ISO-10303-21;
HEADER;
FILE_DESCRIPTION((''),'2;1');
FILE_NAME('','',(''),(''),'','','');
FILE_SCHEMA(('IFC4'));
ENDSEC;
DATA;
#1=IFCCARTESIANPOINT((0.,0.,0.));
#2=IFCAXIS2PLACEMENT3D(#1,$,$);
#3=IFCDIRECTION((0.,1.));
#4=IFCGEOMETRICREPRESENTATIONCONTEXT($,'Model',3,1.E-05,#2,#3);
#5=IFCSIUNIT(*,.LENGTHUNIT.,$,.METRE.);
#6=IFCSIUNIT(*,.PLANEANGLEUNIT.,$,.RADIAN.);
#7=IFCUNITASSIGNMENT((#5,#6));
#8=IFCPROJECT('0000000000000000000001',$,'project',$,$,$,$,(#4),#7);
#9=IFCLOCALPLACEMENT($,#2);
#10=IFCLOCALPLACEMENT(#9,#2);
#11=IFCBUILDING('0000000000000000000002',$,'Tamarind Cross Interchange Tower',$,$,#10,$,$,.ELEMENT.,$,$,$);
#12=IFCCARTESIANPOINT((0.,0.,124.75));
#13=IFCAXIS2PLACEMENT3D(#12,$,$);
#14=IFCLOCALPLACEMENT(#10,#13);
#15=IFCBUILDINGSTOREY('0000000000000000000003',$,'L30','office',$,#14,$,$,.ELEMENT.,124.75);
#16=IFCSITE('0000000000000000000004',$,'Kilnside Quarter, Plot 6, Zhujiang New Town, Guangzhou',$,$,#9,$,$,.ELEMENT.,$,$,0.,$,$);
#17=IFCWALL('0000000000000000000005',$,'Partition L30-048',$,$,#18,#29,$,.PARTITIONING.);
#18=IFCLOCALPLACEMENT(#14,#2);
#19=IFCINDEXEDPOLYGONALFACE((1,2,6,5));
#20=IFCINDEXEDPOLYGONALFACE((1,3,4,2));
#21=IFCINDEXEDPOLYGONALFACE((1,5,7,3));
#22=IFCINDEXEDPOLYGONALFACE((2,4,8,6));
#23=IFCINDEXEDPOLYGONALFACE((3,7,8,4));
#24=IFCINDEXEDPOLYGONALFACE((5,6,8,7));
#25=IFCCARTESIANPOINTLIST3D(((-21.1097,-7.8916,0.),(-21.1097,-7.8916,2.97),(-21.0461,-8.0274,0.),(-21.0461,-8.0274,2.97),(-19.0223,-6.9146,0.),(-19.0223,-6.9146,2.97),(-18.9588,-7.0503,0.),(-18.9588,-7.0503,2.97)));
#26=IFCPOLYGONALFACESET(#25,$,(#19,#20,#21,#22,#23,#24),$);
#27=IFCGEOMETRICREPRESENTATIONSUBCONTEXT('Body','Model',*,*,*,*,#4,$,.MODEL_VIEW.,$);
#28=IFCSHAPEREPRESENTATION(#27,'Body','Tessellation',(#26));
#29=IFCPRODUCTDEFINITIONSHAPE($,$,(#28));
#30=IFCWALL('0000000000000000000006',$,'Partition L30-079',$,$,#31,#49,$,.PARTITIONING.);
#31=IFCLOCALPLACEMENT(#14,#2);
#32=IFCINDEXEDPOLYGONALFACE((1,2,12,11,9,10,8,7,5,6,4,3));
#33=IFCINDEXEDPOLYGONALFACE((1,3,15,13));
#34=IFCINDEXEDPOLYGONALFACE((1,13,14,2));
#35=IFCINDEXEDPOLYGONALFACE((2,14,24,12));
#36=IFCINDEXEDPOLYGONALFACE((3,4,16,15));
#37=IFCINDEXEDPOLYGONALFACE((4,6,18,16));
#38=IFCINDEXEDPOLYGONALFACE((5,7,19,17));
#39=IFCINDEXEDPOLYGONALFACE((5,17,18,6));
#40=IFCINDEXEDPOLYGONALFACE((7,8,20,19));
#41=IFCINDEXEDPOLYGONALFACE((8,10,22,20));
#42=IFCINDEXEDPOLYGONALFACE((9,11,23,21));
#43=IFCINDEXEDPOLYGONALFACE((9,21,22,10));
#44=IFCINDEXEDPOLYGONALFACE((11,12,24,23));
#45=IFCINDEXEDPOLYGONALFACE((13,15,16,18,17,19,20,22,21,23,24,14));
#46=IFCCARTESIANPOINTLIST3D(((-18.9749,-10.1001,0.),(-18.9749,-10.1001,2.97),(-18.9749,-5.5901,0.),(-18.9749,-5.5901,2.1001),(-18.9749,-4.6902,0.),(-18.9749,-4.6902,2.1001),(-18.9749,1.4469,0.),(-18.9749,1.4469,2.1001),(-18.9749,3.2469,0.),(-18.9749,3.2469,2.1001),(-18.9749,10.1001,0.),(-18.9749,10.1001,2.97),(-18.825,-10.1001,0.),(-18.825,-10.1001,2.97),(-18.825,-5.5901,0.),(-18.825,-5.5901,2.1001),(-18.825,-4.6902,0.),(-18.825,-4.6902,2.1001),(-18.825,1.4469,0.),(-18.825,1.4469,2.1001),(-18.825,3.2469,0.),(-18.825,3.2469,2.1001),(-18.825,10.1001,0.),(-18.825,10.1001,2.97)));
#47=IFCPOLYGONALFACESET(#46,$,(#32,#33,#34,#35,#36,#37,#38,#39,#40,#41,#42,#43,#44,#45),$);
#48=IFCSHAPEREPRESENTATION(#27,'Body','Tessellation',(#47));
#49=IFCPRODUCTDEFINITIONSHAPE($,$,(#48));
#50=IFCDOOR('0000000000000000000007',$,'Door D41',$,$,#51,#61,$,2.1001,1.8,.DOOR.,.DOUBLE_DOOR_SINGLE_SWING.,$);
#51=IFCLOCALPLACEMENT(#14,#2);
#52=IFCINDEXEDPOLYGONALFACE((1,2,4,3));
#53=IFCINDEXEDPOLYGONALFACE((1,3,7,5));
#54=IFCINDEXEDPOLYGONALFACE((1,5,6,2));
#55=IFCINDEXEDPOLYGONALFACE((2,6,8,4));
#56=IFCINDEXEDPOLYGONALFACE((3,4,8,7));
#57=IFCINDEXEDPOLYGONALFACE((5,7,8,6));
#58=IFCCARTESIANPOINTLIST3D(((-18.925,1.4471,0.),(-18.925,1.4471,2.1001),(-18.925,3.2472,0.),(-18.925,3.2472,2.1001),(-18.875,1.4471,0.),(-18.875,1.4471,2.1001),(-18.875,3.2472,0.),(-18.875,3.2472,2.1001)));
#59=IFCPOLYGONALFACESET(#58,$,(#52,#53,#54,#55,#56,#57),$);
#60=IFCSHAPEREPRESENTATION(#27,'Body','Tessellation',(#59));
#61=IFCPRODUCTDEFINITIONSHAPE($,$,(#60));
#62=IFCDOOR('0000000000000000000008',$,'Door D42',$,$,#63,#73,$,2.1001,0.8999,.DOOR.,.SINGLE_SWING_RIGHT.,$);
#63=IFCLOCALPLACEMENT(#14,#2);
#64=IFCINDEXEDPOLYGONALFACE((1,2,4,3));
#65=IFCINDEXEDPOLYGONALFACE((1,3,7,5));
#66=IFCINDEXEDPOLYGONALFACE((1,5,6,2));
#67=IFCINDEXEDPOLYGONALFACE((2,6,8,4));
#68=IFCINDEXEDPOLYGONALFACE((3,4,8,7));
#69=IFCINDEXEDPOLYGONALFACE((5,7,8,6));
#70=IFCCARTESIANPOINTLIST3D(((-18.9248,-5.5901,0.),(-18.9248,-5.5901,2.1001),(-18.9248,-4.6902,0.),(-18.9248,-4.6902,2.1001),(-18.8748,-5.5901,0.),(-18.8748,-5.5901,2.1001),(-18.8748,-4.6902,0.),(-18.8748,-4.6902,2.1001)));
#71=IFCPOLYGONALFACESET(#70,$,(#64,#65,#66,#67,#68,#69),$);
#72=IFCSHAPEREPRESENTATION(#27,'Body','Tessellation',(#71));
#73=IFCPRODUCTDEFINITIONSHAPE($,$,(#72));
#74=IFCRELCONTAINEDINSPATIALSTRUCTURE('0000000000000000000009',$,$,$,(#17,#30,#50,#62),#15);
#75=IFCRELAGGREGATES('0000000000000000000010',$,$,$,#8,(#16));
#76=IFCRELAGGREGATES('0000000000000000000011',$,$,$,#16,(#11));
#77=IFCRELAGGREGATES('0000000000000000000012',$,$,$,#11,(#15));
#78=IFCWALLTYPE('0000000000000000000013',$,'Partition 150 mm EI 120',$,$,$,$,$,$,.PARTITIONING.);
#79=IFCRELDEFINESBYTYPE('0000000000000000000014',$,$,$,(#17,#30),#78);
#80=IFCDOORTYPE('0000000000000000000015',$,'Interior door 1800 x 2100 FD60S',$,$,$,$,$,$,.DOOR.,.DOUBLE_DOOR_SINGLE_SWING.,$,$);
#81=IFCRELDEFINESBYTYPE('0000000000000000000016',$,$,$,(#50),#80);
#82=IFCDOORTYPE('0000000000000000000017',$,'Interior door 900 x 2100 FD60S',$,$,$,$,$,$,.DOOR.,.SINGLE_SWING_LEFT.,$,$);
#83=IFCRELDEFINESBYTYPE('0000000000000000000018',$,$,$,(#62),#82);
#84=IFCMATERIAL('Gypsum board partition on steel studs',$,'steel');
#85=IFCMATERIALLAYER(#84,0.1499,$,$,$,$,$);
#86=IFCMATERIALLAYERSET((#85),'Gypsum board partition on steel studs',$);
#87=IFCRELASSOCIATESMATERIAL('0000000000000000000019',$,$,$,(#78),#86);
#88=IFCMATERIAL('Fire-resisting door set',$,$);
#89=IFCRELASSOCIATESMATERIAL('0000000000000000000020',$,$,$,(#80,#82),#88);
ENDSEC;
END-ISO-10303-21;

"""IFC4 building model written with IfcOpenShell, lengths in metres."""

from ifc_helpers import new_model, si_unit, direction, frame, frame_2d, origin, place, context, subcontext, project, spatial, rectangle, extrude, material, layer, layer_set, type_object, element, fill, save


model = new_model("IFC4")

# Units and contexts
model_context = context("Model", 3, precision=1e-05, world=origin(), true_north=direction((0.0, 1.0)))
body_context = subcontext(model_context, "Body", "Model", "MODEL_VIEW")
ifc_project = project(units=[si_unit("LENGTHUNIT", "METRE"), si_unit("PLANEANGLEUNIT", "RADIAN")], contexts=[model_context])

# Site, building, storey
site_placement = place(None, origin())
site = spatial("IfcSite", under=ifc_project, at=site_placement, Name="Kilnside Quarter, Plot 6, Zhujiang New Town, Guangzhou", CompositionType="ELEMENT", RefElevation=0.0)
building_placement = place(site_placement, origin())
building = spatial("IfcBuilding", under=site, at=building_placement, Name="Tamarind Cross Interchange Tower", CompositionType="ELEMENT")
storey_placement = place(building_placement, frame((0.0, 0.0, 124.75)))
storey = spatial("IfcBuildingStorey", under=building, at=storey_placement, Name="L30", Description="office", CompositionType="ELEMENT", Elevation=124.75)

# Shared definitions
ifc_material_1 = material(Name="Gypsum board partition on steel studs", Category="steel")
ifc_layer_1 = layer(ifc_material_1, 0.1499)
ifc_layer_set_1 = layer_set([ifc_layer_1], Name="Gypsum board partition on steel studs")
wall_type_1 = type_object("IfcWallType", Name="Partition 150 mm EI 120", PredefinedType="PARTITIONING", material=ifc_layer_set_1)

# Shared definitions
ifc_material_2 = material(Name="Fire-resisting door set")
door_type_1 = type_object("IfcDoorType", Name="Interior door 1800 x 2100 FD60S", OperationType="DOUBLE_DOOR_SINGLE_SWING", PredefinedType="DOOR", material=ifc_material_2)

# Wall
wall_1_placement = place(storey_placement, frame((-21.0779, -7.9595, 0.0), z_axis=(0.0, 0.0, 1.0), x_axis=(0.905695, 0.423929, 0.0)))
element("IfcWall", 1, at=wall_1_placement, inside=storey, type_object=wall_type_1, Name="Partition L30-048", PredefinedType="PARTITIONING", context=body_context, shape_type="SweptSolid", body=[
    extrude(rectangle(XDim=2.3047, YDim=0.1499, at=frame_2d((1.1523, 0.0))), origin(), (0.0, 0.0, 1.0), 2.97),
])

# Wall, openings, doors
wall_2_placement = place(storey_placement, frame((-18.8999, -10.1001, 0.0), z_axis=(0.0, 0.0, 1.0), x_axis=(0.0, 1.0, 0.0)))
wall_2 = element("IfcWall", 2, at=wall_2_placement, inside=storey, type_object=wall_type_1, Name="Partition L30-079", PredefinedType="PARTITIONING", context=body_context, shape_type="SweptSolid", body=[
    extrude(rectangle(XDim=20.2002, YDim=0.1499, at=frame_2d((10.1001, 0.0))), origin(), (0.0, 0.0, 1.0), 2.97),
])
opening_1_placement = place(wall_2_placement, frame((11.5471, 0.0, 0.0)))
opening_1 = element("IfcOpeningElement", 3, at=opening_1_placement, cuts=wall_2, PredefinedType="OPENING", context=body_context, shape_type="SweptSolid", body=[
    extrude(rectangle(XDim=1.8, YDim=2.1001, at=frame_2d((0.8999, 1.05))), frame((0.0, 0.085, 0.0), z_axis=(0.0, -1.0, 0.0), x_axis=(1.0, 0.0, 0.0)), (0.0, 0.0, 1.0), 0.1699),
])
opening_2_placement = place(wall_2_placement, frame((4.51, 0.0, 0.0)))
opening_2 = element("IfcOpeningElement", 4, at=opening_2_placement, cuts=wall_2, PredefinedType="OPENING", context=body_context, shape_type="SweptSolid", body=[
    extrude(rectangle(XDim=0.8999, YDim=2.1001, at=frame_2d((0.45, 1.05))), frame((0.0, 0.085, 0.0), z_axis=(0.0, -1.0, 0.0), x_axis=(1.0, 0.0, 0.0)), (0.0, 0.0, 1.0), 0.1699),
])
door_1_placement = place(opening_1_placement, frame((1.8, 0.0, 0.0), z_axis=(0.0, 0.0, 1.0), x_axis=(-1.0, 0.0, 0.0)))
door_1 = element("IfcDoor", 5, at=door_1_placement, inside=storey, type_object=door_type_1, Name="Door D41", OperationType="DOUBLE_DOOR_SINGLE_SWING", OverallHeight=2.1001, OverallWidth=1.8, PredefinedType="DOOR", context=body_context, shape_type="SweptSolid", body=[
    extrude(rectangle(XDim=1.8, YDim=2.1001, at=frame_2d((0.8999, 1.05))), frame((0.0, 0.0249, 0.0), z_axis=(0.0, -1.0, 0.0), x_axis=(1.0, 0.0, 0.0)), (0.0, 0.0, 1.0), 0.05),
])
fill(opening_1, door_1)
door_type_2 = type_object("IfcDoorType", Name="Interior door 900 x 2100 FD60S", OperationType="SINGLE_SWING_LEFT", PredefinedType="DOOR", material=ifc_material_2)
door_2_placement = place(opening_2_placement, origin())
door_2 = element("IfcDoor", 6, at=door_2_placement, inside=storey, type_object=door_type_2, Name="Door D42", OperationType="SINGLE_SWING_RIGHT", OverallHeight=2.1001, OverallWidth=0.8999, PredefinedType="DOOR", context=body_context, shape_type="SweptSolid", body=[
    extrude(rectangle(XDim=0.8999, YDim=2.1001, at=frame_2d((0.45, 1.05))), frame((0.0, 0.0249, 0.0), z_axis=(0.0, -1.0, 0.0), x_axis=(1.0, 0.0, 0.0)), (0.0, 0.0, 1.0), 0.05),
])
fill(opening_2, door_2)

save(model, "model.ifc")
